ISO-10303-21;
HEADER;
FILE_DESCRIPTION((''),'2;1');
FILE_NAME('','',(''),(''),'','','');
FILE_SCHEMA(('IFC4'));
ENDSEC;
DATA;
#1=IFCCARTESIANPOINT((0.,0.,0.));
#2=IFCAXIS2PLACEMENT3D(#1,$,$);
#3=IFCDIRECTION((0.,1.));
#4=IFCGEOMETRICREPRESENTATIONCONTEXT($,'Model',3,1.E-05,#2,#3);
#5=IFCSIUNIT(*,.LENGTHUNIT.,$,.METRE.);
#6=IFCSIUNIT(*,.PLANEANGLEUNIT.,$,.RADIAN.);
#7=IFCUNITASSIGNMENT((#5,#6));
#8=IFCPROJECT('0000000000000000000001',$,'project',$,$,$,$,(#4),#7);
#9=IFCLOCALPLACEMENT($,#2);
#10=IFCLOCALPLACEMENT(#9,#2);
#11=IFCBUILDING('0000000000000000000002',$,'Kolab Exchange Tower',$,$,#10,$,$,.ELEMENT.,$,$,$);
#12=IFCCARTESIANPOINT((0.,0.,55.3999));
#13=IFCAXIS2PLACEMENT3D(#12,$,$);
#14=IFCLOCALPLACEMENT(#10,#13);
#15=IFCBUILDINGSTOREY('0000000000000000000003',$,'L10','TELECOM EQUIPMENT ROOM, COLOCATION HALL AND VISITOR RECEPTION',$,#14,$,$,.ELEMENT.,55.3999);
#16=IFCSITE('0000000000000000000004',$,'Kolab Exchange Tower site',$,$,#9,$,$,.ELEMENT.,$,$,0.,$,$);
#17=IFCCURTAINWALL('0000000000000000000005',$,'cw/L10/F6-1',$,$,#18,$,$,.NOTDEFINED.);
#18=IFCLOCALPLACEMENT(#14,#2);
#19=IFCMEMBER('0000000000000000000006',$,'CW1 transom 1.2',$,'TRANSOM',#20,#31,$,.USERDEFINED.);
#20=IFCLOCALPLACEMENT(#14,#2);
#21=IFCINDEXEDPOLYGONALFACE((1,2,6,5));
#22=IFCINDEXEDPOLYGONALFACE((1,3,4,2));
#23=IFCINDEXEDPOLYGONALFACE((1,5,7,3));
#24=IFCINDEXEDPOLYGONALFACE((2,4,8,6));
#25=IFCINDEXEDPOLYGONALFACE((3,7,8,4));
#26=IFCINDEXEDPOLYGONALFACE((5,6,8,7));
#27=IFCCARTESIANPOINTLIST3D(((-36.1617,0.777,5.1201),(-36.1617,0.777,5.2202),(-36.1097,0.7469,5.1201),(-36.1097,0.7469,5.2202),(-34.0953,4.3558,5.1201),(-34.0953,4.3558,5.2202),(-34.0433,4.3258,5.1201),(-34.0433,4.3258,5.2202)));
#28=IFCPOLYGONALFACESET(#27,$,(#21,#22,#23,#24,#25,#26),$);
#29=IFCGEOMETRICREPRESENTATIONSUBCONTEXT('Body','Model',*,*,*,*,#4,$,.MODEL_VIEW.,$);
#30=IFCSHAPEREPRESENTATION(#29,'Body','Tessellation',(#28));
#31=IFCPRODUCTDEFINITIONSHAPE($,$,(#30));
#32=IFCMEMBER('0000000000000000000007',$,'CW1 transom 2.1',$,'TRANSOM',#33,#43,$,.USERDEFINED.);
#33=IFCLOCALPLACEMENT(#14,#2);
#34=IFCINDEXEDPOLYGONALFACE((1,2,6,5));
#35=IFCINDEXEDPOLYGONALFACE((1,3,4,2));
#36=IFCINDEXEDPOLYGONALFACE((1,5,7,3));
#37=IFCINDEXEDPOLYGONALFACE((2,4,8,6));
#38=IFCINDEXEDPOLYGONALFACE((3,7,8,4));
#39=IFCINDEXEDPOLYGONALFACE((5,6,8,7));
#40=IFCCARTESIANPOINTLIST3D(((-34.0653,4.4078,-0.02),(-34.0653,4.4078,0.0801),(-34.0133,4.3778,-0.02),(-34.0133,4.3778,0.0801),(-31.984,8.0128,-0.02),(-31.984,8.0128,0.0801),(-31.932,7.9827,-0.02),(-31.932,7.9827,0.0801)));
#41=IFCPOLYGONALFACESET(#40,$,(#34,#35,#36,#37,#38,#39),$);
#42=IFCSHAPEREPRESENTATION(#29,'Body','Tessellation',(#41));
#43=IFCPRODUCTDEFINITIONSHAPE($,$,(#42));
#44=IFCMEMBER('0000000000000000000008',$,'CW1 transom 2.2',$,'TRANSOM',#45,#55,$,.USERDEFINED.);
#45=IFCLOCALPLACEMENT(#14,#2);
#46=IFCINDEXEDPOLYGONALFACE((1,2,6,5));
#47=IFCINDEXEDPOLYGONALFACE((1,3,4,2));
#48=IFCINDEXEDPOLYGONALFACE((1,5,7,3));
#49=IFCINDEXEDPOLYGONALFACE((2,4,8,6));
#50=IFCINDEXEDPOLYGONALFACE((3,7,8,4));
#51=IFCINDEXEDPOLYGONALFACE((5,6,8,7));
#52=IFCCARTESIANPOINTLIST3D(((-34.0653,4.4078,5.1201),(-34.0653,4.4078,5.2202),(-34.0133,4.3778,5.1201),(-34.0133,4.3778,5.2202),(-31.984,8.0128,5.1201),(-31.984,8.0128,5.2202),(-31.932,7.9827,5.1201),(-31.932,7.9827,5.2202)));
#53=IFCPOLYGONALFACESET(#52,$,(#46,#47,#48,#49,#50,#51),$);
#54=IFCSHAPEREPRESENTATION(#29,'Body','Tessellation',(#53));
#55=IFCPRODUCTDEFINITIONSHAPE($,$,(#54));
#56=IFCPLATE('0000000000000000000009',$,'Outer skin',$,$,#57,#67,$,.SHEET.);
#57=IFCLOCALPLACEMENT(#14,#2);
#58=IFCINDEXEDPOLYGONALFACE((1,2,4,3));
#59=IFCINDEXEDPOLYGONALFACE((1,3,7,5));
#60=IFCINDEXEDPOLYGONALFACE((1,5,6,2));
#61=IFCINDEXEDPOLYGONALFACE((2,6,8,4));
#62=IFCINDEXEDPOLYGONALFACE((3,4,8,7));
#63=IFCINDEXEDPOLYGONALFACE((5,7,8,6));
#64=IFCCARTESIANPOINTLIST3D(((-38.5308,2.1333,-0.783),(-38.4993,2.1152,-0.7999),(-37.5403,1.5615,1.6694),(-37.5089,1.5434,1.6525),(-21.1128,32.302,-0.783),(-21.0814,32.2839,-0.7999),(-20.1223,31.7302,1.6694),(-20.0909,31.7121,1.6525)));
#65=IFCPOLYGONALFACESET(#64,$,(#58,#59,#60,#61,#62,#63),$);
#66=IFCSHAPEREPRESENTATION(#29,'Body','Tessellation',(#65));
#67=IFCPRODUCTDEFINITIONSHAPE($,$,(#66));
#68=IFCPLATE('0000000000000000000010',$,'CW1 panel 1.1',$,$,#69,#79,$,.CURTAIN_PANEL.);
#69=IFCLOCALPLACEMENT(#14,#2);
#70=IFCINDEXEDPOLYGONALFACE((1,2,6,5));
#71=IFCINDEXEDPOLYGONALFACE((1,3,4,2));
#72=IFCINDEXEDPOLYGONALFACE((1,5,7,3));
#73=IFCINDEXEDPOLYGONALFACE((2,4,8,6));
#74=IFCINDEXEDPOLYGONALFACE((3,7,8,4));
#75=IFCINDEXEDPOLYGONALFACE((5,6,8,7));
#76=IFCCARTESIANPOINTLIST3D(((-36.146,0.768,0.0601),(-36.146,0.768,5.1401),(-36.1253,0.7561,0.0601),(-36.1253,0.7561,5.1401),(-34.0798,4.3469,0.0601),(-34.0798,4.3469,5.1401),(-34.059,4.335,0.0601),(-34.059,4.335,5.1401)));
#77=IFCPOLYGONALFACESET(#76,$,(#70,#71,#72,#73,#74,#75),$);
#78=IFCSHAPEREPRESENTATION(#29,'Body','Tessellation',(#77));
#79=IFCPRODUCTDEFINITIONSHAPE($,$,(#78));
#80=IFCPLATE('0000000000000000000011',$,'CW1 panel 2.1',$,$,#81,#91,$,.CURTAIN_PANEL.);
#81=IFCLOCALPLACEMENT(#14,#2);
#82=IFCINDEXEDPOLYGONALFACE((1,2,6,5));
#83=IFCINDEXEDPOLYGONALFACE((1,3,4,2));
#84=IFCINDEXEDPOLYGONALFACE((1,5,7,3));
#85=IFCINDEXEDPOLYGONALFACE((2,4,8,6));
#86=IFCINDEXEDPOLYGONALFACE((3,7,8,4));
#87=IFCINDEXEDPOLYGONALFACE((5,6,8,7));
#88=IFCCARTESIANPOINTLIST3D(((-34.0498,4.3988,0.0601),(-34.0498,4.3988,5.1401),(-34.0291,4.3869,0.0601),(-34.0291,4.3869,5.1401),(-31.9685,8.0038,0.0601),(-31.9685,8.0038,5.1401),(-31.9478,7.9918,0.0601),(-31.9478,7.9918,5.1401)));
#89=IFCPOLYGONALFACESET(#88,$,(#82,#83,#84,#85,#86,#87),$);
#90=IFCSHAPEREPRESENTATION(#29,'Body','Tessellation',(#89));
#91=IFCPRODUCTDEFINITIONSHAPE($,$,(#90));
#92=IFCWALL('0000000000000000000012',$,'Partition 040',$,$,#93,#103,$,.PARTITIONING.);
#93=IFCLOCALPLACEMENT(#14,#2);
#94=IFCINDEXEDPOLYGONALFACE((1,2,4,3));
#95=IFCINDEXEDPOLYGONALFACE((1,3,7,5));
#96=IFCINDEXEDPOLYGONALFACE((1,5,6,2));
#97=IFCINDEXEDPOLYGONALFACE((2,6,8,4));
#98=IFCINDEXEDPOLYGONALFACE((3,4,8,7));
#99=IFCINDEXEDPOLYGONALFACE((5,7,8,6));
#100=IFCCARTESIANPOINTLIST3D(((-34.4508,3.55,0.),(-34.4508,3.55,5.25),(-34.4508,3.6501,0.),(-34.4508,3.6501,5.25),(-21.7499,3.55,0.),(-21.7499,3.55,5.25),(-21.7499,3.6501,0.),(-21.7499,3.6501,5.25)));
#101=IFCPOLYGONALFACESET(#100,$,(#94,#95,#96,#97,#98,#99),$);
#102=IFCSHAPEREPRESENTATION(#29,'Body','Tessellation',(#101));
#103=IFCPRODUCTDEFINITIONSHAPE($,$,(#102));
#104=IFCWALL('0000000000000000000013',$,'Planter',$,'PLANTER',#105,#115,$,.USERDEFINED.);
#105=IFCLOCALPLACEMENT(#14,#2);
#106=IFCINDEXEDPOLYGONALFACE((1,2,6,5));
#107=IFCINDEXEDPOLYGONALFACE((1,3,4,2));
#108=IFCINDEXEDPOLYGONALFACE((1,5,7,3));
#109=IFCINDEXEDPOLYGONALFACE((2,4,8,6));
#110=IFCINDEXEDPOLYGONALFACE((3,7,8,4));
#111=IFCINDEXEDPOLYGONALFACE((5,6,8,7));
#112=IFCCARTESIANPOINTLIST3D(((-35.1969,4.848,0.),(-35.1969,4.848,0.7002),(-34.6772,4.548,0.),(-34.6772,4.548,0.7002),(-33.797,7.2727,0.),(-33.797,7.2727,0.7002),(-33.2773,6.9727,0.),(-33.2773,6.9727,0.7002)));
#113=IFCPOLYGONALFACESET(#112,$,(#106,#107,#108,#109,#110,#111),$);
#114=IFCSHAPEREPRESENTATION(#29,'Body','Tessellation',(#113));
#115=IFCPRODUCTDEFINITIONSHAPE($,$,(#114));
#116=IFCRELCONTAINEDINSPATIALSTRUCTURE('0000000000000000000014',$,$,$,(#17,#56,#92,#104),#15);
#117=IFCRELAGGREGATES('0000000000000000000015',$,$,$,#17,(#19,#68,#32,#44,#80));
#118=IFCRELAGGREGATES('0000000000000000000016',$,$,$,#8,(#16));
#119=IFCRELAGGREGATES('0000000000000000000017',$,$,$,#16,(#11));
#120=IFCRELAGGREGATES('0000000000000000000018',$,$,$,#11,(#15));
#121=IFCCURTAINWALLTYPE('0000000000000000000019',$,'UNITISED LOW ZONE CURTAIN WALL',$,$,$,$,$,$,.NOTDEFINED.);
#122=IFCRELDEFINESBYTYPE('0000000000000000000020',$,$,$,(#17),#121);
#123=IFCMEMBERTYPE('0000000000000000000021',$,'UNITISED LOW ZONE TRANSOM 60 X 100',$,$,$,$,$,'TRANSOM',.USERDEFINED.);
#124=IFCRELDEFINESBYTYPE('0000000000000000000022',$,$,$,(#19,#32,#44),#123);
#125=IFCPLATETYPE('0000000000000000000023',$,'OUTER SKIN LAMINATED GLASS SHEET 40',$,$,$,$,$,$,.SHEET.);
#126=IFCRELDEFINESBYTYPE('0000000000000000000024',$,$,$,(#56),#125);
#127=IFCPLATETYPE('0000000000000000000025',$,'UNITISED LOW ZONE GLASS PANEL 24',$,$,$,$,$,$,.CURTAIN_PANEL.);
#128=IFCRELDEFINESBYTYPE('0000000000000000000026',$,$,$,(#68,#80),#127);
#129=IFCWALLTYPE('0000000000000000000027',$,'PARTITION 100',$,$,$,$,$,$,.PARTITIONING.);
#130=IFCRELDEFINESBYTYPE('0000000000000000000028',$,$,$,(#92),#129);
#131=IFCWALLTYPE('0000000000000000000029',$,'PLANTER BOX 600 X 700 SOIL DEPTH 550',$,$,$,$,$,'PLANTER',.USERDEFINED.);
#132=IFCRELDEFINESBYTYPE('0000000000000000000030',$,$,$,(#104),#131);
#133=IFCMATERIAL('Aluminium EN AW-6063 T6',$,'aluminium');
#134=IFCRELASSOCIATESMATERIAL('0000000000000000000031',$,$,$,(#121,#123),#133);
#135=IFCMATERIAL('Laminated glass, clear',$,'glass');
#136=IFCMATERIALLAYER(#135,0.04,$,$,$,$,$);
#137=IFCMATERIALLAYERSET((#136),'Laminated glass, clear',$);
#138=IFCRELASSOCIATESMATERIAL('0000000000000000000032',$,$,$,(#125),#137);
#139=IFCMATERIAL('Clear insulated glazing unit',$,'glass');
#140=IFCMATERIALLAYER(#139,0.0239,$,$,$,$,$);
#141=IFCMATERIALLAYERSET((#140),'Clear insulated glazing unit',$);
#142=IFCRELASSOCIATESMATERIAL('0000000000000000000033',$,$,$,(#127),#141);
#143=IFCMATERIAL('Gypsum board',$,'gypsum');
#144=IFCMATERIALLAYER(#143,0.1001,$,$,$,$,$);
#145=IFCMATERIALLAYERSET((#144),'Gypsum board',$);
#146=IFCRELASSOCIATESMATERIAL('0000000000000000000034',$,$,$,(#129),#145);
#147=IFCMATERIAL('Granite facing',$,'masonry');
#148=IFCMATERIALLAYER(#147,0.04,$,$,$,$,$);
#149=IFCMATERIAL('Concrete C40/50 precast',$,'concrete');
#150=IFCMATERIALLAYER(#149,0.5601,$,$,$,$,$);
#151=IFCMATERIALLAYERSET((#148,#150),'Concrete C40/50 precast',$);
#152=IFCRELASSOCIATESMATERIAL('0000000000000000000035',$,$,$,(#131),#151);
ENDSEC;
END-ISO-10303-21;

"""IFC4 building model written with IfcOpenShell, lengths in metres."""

from ifc_helpers import new_model, si_unit, direction, frame, frame_2d, origin, origin_2d, place, context, subcontext, project, spatial, polyline, rectangle, outline, extrude, material, layer, layer_set, material_profile, profile_set, type_object, element, aggregate, save


model = new_model("IFC4")

# Units and contexts
model_context = context("Model", 3, precision=1e-05, world=origin(), true_north=direction((0.0, 1.0)))
body_context = subcontext(model_context, "Body", "Model", "MODEL_VIEW")
ifc_project = project(units=[si_unit("LENGTHUNIT", "METRE"), si_unit("PLANEANGLEUNIT", "RADIAN")], contexts=[model_context])

# Site, building, storey
site_placement = place(None, origin())
site = spatial("IfcSite", under=ifc_project, at=site_placement, Name="Kolab Exchange Tower site", CompositionType="ELEMENT", RefElevation=0.0)
building_placement = place(site_placement, origin())
building = spatial("IfcBuilding", under=site, at=building_placement, Name="Kolab Exchange Tower", CompositionType="ELEMENT")
storey_placement = place(building_placement, frame((0.0, 0.0, 55.3999)))
storey = spatial("IfcBuildingStorey", under=building, at=storey_placement, Name="L10", Description="TELECOM EQUIPMENT ROOM, COLOCATION HALL AND VISITOR RECEPTION", CompositionType="ELEMENT", Elevation=55.3999)

# Curtain wall
ifc_material_1 = material(Name="Aluminium EN AW-6063 T6", Category="aluminium")
curtain_wall_type = type_object("IfcCurtainWallType", Name="UNITISED LOW ZONE CURTAIN WALL", PredefinedType="NOTDEFINED", material=ifc_material_1)
curtain_wall_1_placement = place(storey_placement, origin())
curtain_wall_1 = element("IfcCurtainWall", 1, at=curtain_wall_1_placement, inside=storey, type_object=curtain_wall_type, Name="cw/L10/F6-1", PredefinedType="NOTDEFINED")

# Members
ifc_material_profile_1 = material_profile(ifc_material_1, rectangle(XDim=0.0601, YDim=0.1001, at=origin_2d()), Name="RECT 60X100")
ifc_profile_set_1 = profile_set([ifc_material_profile_1], Name="Aluminium EN AW-6063 T6")
member_type_1 = type_object("IfcMemberType", Name="UNITISED LOW ZONE TRANSOM 60 X 100", ElementType="TRANSOM", PredefinedType="USERDEFINED", material=ifc_profile_set_1)
member_1_placement = place(storey_placement, frame((-36.1357, 0.762, 5.1702), z_axis=(0.500028, 0.866009, 0.0), x_axis=(-0.866009, 0.500028, 0.0)))
member_1 = element("IfcMember", 2, at=member_1_placement, type_object=member_type_1, Name="CW1 transom 1.2", ObjectType="TRANSOM", PredefinedType="USERDEFINED", context=body_context, shape_type="SweptSolid", body=[
    extrude(rectangle(XDim=0.0601, YDim=0.1001, at=origin_2d()), origin(), (0.0, 0.0, 1.0), 4.1326),
])
member_2_placement = place(storey_placement, frame((-34.0393, 4.3928, 0.03), z_axis=(0.499993, 0.866029, 0.0), x_axis=(-0.866029, 0.499993, 0.0)))
member_2 = element("IfcMember", 3, at=member_2_placement, type_object=member_type_1, Name="CW1 transom 2.1", ObjectType="TRANSOM", PredefinedType="USERDEFINED", context=body_context, shape_type="SweptSolid", body=[
    extrude(rectangle(XDim=0.0601, YDim=0.1001, at=origin_2d()), origin(), (0.0, 0.0, 1.0), 4.1626),
])
member_3_placement = place(storey_placement, frame((-34.0393, 4.3928, 5.1702), z_axis=(0.499993, 0.866029, 0.0), x_axis=(-0.866029, 0.499993, 0.0)))
member_3 = element("IfcMember", 4, at=member_3_placement, type_object=member_type_1, Name="CW1 transom 2.2", ObjectType="TRANSOM", PredefinedType="USERDEFINED", context=body_context, shape_type="SweptSolid", body=[
    extrude(rectangle(XDim=0.0601, YDim=0.1001, at=origin_2d()), origin(), (0.0, 0.0, 1.0), 4.1626),
])

# Plates
ifc_material_2 = material(Name="Laminated glass, clear", Category="glass")
ifc_layer_1 = layer(ifc_material_2, 0.04)
ifc_layer_set_1 = layer_set([ifc_layer_1], Name="Laminated glass, clear")
plate_type_1 = type_object("IfcPlateType", Name="OUTER SKIN LAMINATED GLASS SHEET 40", PredefinedType="SHEET", material=ifc_layer_set_1)
plate_1_placement = place(storey_placement, frame((-38.5308, 2.1333, -0.783), z_axis=(-0.784873, 0.453148, 0.422648), x_axis=(0.500001, 0.866025, 0.0)))
element("IfcPlate", 5, at=plate_1_placement, inside=storey, type_object=plate_type_1, Name="Outer skin", PredefinedType="SHEET", context=body_context, shape_type="SweptSolid", body=[
    extrude(outline(polyline([(0.0, 0.0), (34.8358, 0.0), (34.8359, -2.706), (0.0001, -2.706), (0.0, 0.0)])), origin(), (0.0, 0.0, -1.0), 0.04),
])
ifc_material_3 = material(Name="Clear insulated glazing unit", Category="glass")
ifc_layer_2 = layer(ifc_material_3, 0.0239)
ifc_layer_set_2 = layer_set([ifc_layer_2], Name="Clear insulated glazing unit")
plate_type_2 = type_object("IfcPlateType", Name="UNITISED LOW ZONE GLASS PANEL 24", PredefinedType="CURTAIN_PANEL", material=ifc_layer_set_2)
plate_2_placement = place(storey_placement, frame((-35.1025, 2.5515, 0.0601), z_axis=(0.0, 0.0, 1.0), x_axis=(0.5, 0.866025, 0.0)))
plate_2 = element("IfcPlate", 6, at=plate_2_placement, type_object=plate_type_2, Name="CW1 panel 1.1", PredefinedType="CURTAIN_PANEL", context=body_context, shape_type="SweptSolid", body=[
    extrude(rectangle(XDim=4.1326, YDim=0.0239, at=origin_2d()), origin(), (0.0, 0.0, 1.0), 5.0801),
])
plate_3_placement = place(storey_placement, frame((-32.9988, 6.1953, 0.0601), z_axis=(0.0, 0.0, 1.0), x_axis=(0.5, 0.866025, 0.0)))
plate_3 = element("IfcPlate", 7, at=plate_3_placement, type_object=plate_type_2, Name="CW1 panel 2.1", PredefinedType="CURTAIN_PANEL", context=body_context, shape_type="SweptSolid", body=[
    extrude(rectangle(XDim=4.1626, YDim=0.0239, at=origin_2d()), origin(), (0.0, 0.0, 1.0), 5.0801),
])
aggregate(curtain_wall_1, [member_1, plate_2, member_2, member_3, plate_3])

# Walls
ifc_material_4 = material(Name="Gypsum board", Category="gypsum")
ifc_layer_3 = layer(ifc_material_4, 0.1001)
ifc_layer_set_3 = layer_set([ifc_layer_3], Name="Gypsum board")
wall_type_1 = type_object("IfcWallType", Name="PARTITION 100", PredefinedType="PARTITIONING", material=ifc_layer_set_3)
wall_1_placement = place(storey_placement, frame((-34.4509, 3.6001, 0.0), z_axis=(0.0, 0.0, 1.0), x_axis=(1.0, 0.0, 0.0)))
element("IfcWall", 8, at=wall_1_placement, inside=storey, type_object=wall_type_1, Name="Partition 040", PredefinedType="PARTITIONING", context=body_context, shape_type="SweptSolid", body=[
    extrude(rectangle(XDim=12.7009, YDim=0.1001, at=frame_2d((6.3506, 0.0))), origin(), (0.0, 0.0, 1.0), 5.25),
])
ifc_material_5 = material(Name="Granite facing", Category="masonry")
ifc_layer_4 = layer(ifc_material_5, 0.04)
ifc_material_6 = material(Name="Concrete C40/50 precast", Category="concrete")
ifc_layer_5 = layer(ifc_material_6, 0.5601)
ifc_layer_set_4 = layer_set([ifc_layer_4, ifc_layer_5], Name="Concrete C40/50 precast")
wall_type_2 = type_object("IfcWallType", Name="PLANTER BOX 600 X 700 SOIL DEPTH 550", ElementType="PLANTER", PredefinedType="USERDEFINED", material=ifc_layer_set_4)
wall_2_placement = place(storey_placement, frame((-34.937, 4.698, 0.0), z_axis=(0.0, 0.0, 1.0), x_axis=(0.499984, 0.866035, 0.0)))
element("IfcWall", 9, at=wall_2_placement, inside=storey, type_object=wall_type_2, Name="Planter", ObjectType="PLANTER", PredefinedType="USERDEFINED", context=body_context, shape_type="SweptSolid", body=[
    extrude(rectangle(XDim=2.7998, YDim=0.6001, at=frame_2d((1.3999, 0.0))), origin(), (0.0, 0.0, 1.0), 0.7002),
])

save(model, "model.ifc")
